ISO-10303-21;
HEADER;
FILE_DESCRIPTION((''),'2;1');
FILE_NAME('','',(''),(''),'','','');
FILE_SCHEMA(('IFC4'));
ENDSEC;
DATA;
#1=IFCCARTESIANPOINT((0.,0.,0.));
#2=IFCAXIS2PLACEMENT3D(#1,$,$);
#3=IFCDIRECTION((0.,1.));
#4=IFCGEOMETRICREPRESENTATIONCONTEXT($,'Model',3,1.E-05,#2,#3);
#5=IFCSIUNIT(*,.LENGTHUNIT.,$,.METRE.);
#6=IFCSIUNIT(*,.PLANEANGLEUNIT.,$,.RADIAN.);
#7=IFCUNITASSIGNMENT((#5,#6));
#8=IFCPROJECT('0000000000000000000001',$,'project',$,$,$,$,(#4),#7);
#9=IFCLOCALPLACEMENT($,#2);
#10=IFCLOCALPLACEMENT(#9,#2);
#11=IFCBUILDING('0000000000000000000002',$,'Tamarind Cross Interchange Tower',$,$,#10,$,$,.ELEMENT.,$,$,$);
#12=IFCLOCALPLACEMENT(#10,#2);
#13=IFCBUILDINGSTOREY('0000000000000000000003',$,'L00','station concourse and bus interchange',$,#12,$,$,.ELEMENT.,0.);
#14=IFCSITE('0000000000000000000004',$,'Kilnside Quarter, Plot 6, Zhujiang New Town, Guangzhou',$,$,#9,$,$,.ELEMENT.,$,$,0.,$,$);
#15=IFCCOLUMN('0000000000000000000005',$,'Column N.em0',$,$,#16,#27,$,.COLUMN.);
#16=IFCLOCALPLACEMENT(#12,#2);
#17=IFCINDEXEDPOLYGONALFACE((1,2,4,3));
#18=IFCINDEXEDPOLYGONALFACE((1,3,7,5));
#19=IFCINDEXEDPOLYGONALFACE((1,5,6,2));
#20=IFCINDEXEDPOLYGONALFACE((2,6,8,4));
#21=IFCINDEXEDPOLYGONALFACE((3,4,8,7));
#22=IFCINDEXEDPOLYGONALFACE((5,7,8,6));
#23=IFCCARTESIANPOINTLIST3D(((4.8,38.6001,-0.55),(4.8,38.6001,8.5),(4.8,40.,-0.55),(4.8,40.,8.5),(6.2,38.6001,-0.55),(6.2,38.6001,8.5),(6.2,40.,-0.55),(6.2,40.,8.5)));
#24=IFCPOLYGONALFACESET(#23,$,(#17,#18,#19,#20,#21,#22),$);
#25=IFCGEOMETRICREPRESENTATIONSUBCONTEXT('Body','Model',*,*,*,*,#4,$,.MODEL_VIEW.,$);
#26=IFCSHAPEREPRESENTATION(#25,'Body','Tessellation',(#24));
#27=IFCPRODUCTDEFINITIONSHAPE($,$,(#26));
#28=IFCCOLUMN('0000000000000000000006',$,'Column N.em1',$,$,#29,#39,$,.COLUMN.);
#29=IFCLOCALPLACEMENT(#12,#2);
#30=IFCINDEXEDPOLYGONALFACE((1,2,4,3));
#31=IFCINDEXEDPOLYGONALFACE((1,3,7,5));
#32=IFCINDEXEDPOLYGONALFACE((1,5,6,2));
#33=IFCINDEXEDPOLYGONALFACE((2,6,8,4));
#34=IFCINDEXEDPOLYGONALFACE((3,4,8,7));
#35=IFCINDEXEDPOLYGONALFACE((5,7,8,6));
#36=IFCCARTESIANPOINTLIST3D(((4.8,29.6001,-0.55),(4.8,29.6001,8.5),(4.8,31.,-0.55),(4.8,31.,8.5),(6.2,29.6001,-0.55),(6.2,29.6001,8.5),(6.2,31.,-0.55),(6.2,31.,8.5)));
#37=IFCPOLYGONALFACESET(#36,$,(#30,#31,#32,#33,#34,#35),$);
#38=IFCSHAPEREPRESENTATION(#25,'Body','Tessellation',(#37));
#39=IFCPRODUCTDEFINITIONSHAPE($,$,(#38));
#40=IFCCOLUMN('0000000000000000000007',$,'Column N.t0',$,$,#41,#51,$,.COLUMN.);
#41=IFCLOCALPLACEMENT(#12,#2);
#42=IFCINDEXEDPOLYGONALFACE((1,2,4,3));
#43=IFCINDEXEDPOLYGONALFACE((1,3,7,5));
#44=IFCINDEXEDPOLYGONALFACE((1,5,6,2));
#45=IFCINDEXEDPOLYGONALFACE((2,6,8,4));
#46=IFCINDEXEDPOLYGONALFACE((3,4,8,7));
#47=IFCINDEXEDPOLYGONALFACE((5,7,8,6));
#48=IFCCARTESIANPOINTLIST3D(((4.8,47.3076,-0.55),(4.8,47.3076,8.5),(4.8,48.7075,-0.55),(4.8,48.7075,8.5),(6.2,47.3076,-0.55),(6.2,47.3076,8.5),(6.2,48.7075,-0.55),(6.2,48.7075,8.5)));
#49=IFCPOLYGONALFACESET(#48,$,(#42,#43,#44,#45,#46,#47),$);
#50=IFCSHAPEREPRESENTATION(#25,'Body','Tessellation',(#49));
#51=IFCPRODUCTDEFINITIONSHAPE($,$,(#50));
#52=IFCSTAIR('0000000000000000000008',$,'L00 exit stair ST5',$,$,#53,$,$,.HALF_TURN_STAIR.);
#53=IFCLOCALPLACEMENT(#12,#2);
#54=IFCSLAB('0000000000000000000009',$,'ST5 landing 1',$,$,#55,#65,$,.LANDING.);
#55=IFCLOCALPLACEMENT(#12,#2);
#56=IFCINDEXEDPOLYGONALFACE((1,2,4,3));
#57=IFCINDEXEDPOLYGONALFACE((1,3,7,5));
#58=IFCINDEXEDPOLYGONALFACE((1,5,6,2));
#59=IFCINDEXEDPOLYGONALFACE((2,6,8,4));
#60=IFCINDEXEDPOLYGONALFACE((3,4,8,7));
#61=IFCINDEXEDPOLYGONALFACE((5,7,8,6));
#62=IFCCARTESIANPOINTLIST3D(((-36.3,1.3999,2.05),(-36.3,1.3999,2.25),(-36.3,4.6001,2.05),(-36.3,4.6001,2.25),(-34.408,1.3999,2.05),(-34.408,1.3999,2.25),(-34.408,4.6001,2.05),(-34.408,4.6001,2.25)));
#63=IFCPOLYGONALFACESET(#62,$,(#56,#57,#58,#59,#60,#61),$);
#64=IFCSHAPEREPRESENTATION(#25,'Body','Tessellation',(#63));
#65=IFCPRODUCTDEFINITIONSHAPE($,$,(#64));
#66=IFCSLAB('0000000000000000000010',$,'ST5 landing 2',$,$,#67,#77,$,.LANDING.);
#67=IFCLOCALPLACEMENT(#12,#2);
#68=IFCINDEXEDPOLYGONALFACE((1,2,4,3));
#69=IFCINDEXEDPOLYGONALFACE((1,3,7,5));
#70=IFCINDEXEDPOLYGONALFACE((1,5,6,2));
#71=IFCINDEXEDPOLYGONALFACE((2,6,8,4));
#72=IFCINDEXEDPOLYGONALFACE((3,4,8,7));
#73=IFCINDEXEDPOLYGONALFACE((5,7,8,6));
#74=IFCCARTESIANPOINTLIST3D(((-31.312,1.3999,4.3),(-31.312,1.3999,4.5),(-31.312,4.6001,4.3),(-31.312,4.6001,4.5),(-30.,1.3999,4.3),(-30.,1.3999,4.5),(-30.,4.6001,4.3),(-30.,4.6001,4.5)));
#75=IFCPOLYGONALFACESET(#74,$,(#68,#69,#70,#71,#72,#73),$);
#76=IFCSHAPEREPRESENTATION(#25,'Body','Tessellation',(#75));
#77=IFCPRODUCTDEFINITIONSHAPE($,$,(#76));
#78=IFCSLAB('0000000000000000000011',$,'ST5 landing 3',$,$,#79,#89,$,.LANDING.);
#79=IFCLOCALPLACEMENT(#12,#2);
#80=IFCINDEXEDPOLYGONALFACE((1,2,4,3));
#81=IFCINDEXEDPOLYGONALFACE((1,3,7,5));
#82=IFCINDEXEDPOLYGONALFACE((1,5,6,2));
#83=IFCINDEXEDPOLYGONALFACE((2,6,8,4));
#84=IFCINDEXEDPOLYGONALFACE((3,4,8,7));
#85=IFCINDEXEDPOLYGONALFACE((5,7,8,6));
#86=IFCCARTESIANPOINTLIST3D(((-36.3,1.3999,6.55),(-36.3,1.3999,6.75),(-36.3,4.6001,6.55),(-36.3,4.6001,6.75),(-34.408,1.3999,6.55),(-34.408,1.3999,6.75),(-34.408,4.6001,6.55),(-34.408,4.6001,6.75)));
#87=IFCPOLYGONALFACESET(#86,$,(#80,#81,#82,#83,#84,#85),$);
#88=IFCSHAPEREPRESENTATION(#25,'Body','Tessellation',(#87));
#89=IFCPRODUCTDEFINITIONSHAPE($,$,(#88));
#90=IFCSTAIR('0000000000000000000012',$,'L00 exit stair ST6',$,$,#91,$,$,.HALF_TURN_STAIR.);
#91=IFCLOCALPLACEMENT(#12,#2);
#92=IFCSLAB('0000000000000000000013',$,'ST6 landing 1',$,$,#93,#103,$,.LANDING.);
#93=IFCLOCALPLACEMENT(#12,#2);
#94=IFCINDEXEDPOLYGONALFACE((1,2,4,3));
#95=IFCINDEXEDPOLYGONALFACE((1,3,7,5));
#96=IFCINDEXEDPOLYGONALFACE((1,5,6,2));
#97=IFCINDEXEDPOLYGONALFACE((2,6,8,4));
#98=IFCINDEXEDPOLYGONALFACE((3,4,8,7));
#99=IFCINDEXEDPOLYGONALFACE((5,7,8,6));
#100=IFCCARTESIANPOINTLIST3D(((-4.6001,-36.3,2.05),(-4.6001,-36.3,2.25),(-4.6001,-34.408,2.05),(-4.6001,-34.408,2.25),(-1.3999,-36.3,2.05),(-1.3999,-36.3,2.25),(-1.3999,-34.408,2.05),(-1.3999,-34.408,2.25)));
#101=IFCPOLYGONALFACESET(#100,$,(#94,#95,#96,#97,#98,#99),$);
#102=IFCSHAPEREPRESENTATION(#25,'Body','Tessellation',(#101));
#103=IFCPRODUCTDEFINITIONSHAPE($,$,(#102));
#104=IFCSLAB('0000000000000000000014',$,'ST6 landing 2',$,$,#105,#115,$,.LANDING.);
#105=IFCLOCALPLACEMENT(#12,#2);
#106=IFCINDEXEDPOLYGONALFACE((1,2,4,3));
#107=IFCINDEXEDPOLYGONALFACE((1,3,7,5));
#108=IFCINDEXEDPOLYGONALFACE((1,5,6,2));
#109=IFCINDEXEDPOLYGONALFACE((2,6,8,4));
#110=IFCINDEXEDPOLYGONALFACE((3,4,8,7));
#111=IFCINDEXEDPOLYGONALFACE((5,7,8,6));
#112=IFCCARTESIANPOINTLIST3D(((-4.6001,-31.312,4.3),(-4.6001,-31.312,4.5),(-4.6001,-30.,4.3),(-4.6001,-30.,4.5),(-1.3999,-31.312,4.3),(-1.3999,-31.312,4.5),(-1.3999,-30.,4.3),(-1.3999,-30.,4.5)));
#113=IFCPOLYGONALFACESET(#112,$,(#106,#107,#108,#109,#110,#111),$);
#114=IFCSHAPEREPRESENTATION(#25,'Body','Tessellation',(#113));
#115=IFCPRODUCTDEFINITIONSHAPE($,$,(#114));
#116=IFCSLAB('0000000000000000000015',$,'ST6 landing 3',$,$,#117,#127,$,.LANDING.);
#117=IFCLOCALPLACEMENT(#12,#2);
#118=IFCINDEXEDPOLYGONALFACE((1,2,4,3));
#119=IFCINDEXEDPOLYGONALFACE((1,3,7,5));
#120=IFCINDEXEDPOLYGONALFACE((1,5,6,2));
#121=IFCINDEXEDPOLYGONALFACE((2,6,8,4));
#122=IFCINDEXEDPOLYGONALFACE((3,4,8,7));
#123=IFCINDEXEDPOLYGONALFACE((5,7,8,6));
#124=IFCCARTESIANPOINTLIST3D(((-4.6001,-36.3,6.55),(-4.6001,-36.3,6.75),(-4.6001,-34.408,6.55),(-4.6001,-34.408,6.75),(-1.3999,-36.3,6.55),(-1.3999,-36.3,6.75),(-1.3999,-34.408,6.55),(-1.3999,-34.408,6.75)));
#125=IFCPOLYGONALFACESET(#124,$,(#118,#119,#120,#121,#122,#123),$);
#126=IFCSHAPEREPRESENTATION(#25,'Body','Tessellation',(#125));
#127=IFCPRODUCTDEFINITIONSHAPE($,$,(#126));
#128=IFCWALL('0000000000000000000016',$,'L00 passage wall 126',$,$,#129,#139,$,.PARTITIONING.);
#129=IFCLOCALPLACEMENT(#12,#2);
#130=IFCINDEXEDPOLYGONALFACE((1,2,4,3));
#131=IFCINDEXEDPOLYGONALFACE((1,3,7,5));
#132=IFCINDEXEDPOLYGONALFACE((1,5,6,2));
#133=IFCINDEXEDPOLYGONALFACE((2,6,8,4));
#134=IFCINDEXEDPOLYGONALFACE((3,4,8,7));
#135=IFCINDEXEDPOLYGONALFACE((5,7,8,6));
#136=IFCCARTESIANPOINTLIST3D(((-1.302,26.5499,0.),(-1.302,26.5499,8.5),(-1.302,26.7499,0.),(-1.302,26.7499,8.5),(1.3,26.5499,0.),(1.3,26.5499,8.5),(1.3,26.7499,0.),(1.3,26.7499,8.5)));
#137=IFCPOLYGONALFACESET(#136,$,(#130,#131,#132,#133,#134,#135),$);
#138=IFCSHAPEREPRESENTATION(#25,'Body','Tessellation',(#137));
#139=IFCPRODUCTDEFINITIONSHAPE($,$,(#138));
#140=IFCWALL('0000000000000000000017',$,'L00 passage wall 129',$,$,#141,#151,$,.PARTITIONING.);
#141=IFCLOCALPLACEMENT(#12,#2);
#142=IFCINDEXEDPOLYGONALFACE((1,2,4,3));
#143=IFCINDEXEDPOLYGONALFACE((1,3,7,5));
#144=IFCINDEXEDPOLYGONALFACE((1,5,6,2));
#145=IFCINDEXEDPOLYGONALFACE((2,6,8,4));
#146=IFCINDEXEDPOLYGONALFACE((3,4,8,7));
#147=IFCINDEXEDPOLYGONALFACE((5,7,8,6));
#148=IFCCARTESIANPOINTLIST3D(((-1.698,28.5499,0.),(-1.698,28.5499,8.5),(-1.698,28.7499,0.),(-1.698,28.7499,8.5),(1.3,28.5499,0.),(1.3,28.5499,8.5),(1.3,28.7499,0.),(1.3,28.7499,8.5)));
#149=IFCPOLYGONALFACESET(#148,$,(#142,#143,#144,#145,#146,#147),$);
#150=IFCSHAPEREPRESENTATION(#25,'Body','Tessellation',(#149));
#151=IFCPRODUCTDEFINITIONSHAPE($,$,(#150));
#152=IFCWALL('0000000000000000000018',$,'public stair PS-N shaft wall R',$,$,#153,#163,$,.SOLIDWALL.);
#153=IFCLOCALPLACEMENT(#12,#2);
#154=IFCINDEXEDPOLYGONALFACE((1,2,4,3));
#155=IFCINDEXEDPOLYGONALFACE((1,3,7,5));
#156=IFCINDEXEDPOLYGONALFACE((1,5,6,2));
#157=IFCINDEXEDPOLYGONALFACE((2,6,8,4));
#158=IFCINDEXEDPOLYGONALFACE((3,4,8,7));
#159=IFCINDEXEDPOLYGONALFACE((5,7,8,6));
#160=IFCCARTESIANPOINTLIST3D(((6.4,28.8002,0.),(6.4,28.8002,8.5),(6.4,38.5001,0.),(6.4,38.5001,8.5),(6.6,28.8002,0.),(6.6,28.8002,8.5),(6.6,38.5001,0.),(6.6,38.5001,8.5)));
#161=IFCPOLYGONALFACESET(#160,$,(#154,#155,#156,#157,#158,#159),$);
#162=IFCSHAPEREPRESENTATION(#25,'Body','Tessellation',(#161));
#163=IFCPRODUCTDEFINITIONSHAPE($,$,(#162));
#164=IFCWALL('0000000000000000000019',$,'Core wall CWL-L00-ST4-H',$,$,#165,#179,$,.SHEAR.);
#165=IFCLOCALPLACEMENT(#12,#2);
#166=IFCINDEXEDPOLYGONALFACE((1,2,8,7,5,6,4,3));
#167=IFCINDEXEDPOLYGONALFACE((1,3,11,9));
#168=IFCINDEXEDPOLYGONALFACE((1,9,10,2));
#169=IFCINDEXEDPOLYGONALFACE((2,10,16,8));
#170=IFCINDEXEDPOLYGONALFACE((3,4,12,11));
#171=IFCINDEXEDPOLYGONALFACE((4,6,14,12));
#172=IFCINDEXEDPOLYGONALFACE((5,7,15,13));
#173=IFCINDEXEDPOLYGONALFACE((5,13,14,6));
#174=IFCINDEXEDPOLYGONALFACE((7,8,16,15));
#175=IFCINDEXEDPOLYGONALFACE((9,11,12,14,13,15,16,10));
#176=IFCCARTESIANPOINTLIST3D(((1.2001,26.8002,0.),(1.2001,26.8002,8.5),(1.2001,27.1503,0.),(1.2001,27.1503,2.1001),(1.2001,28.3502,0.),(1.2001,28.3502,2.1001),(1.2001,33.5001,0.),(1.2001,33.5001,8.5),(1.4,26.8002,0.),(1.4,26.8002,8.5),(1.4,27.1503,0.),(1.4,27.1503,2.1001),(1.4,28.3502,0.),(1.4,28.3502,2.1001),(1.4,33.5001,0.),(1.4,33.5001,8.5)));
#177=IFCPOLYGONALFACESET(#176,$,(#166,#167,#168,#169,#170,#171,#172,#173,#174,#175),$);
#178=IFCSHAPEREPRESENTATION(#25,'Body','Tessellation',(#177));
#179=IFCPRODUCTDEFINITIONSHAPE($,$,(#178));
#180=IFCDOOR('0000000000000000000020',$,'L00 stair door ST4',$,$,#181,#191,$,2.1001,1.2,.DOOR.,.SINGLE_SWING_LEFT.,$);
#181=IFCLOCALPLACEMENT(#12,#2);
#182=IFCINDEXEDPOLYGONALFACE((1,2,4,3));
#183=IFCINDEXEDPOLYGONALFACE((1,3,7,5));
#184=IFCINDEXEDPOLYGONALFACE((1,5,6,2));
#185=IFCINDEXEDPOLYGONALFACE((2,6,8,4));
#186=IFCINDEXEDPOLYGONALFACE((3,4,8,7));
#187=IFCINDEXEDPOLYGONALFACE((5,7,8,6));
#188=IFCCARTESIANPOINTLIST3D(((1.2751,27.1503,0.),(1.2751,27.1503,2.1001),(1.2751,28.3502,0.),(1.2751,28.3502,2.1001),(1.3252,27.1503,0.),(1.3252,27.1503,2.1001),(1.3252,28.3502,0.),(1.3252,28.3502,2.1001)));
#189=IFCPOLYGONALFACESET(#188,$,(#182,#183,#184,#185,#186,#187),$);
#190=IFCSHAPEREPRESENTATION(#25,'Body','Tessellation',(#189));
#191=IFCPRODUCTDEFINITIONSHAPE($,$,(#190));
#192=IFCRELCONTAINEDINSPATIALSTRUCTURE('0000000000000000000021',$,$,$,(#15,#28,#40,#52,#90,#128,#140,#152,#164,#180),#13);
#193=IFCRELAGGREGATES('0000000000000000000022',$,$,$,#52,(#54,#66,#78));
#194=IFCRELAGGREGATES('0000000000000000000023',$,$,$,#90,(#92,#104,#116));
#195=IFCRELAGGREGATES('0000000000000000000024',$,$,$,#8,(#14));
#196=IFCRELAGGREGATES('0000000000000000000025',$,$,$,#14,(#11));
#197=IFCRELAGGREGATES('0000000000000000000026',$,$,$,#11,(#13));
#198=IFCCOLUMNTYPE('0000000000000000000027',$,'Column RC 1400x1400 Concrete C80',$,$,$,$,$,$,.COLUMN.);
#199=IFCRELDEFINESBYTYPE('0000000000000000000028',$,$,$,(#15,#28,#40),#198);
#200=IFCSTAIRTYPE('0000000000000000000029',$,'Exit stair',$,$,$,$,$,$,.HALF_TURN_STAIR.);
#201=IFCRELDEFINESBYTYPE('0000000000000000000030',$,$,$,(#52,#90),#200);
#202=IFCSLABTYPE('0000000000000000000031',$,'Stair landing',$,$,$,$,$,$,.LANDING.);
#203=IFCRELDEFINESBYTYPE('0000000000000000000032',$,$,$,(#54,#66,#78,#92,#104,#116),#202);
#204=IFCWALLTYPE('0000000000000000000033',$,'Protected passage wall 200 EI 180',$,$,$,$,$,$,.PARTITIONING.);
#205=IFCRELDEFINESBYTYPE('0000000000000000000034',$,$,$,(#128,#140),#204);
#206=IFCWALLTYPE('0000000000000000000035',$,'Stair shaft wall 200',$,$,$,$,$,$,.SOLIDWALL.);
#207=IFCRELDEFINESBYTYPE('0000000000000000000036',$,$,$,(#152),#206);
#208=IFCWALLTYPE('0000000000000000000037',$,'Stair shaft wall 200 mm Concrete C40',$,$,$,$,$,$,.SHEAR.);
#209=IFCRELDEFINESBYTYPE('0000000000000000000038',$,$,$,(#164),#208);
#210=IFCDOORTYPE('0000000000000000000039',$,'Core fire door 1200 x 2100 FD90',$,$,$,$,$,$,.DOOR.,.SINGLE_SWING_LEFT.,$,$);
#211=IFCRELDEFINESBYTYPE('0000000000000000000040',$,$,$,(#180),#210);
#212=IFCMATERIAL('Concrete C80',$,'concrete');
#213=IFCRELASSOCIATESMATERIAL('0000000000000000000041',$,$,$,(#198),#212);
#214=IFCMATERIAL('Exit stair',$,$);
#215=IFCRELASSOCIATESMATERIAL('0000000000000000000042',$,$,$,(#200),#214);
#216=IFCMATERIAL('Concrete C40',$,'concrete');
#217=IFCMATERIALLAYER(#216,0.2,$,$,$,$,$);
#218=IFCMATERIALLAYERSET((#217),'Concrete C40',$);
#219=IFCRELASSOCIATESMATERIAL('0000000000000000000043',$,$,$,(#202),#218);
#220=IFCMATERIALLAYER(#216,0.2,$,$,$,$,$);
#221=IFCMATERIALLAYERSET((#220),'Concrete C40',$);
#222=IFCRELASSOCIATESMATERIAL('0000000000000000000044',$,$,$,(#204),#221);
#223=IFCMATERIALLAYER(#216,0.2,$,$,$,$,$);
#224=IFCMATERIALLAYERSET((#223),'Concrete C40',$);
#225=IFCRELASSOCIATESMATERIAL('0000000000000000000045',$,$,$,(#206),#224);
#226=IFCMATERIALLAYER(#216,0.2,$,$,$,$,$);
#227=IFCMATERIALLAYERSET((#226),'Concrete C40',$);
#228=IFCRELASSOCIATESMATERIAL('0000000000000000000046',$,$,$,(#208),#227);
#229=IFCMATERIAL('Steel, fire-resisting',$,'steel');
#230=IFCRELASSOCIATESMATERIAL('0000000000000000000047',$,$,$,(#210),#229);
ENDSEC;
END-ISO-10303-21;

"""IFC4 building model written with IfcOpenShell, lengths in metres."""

from ifc_helpers import new_model, si_unit, direction, frame, frame_2d, origin, origin_2d, place, context, subcontext, project, spatial, polyline, rectangle, outline, extrude, material, layer, layer_set, material_profile, profile_set, type_object, element, fill, aggregate, save


model = new_model("IFC4")

# Units and contexts
model_context = context("Model", 3, precision=1e-05, world=origin(), true_north=direction((0.0, 1.0)))
body_context = subcontext(model_context, "Body", "Model", "MODEL_VIEW")
ifc_project = project(units=[si_unit("LENGTHUNIT", "METRE"), si_unit("PLANEANGLEUNIT", "RADIAN")], contexts=[model_context])

# Site, building, storey
site_placement = place(None, origin())
site = spatial("IfcSite", under=ifc_project, at=site_placement, Name="Kilnside Quarter, Plot 6, Zhujiang New Town, Guangzhou", CompositionType="ELEMENT", RefElevation=0.0)
building_placement = place(site_placement, origin())
building = spatial("IfcBuilding", under=site, at=building_placement, Name="Tamarind Cross Interchange Tower", CompositionType="ELEMENT")
storey_placement = place(building_placement, origin())
storey = spatial("IfcBuildingStorey", under=building, at=storey_placement, Name="L00", Description="station concourse and bus interchange", CompositionType="ELEMENT", Elevation=0.0)

# Columns
ifc_material_1 = material(Name="Concrete C80", Category="concrete")
ifc_material_profile = material_profile(ifc_material_1, rectangle(XDim=1.3999, YDim=1.3999, at=origin_2d()), Name="RC 1400x1400")
ifc_profile_set = profile_set([ifc_material_profile], Name="Concrete C80")
column_type = type_object("IfcColumnType", Name="Column RC 1400x1400 Concrete C80", PredefinedType="COLUMN", material=ifc_profile_set)
for number, where, z_axis, x_axis, name in (
    (1, (5.5, 39.3, -0.55), (0.0, 0.0, 1.0), (1.0, 0.0, 0.0), "Column N.em0"),
    (2, (5.5, 30.3, -0.55), (0.0, 0.0, 1.0), (1.0, 0.0, 0.0), "Column N.em1"),
    (3, (5.5, 48.0076, -0.55), (0.0, 0.0, 1.0), (1.0, 0.0, 0.0), "Column N.t0"),
):
    element("IfcColumn", number, at=place(storey_placement, frame(where, z_axis=z_axis, x_axis=x_axis)), inside=storey, type_object=column_type, Name=name, PredefinedType="COLUMN", context=body_context, shape_type="SweptSolid", body=[
        extrude(rectangle(XDim=1.3999, YDim=1.3999, at=origin_2d()), origin(), (0.0, 0.0, 1.0), 9.05),
    ])

# Stairs, slabs
ifc_material_2 = material(Name="Exit stair")
stair_type = type_object("IfcStairType", Name="Exit stair", PredefinedType="HALF_TURN_STAIR", material=ifc_material_2)
stair_1_placement = place(storey_placement, origin())
stair_1 = element("IfcStair", 4, at=stair_1_placement, inside=storey, type_object=stair_type, Name="L00 exit stair ST5", PredefinedType="HALF_TURN_STAIR")
ifc_material_3 = material(Name="Concrete C40", Category="concrete")
ifc_layer_1 = layer(ifc_material_3, 0.2)
ifc_layer_set_1 = layer_set([ifc_layer_1], Name="Concrete C40")
slab_type = type_object("IfcSlabType", Name="Stair landing", PredefinedType="LANDING", material=ifc_layer_set_1)
slab_1_placement = place(storey_placement, frame((0.0, 0.0, 2.05)))
slab_1 = element("IfcSlab", 5, at=slab_1_placement, type_object=slab_type, Name="ST5 landing 1", PredefinedType="LANDING", context=body_context, shape_type="SweptSolid", body=[
    extrude(outline(polyline([(-34.408, 4.6001), (-36.3, 4.6001), (-36.3, 1.3999), (-34.408, 1.3999), (-34.408, 4.6001)])), origin(), (0.0, 0.0, 1.0), 0.2),
])
slab_2_placement = place(storey_placement, frame((0.0, 0.0, 4.3)))
slab_2 = element("IfcSlab", 6, at=slab_2_placement, type_object=slab_type, Name="ST5 landing 2", PredefinedType="LANDING", context=body_context, shape_type="SweptSolid", body=[
    extrude(outline(polyline([(-30.0, 4.6001), (-31.312, 4.6001), (-31.312, 1.3999), (-30.0, 1.3999), (-30.0, 4.6001)])), origin(), (0.0, 0.0, 1.0), 0.2),
])
slab_3_placement = place(storey_placement, frame((0.0, 0.0, 6.55)))
slab_3 = element("IfcSlab", 7, at=slab_3_placement, type_object=slab_type, Name="ST5 landing 3", PredefinedType="LANDING", context=body_context, shape_type="SweptSolid", body=[
    extrude(outline(polyline([(-34.408, 4.6001), (-36.3, 4.6001), (-36.3, 1.3999), (-34.408, 1.3999), (-34.408, 4.6001)])), origin(), (0.0, 0.0, 1.0), 0.2),
])
aggregate(stair_1, [slab_1, slab_2, slab_3])
stair_2_placement = place(storey_placement, origin())
stair_2 = element("IfcStair", 8, at=stair_2_placement, inside=storey, type_object=stair_type, Name="L00 exit stair ST6", PredefinedType="HALF_TURN_STAIR")
slab_4_placement = place(storey_placement, frame((0.0, 0.0, 2.05)))
slab_4 = element("IfcSlab", 9, at=slab_4_placement, type_object=slab_type, Name="ST6 landing 1", PredefinedType="LANDING", context=body_context, shape_type="SweptSolid", body=[
    extrude(outline(polyline([(-4.6001, -34.408), (-4.6001, -36.3), (-1.3999, -36.3), (-1.3999, -34.408), (-4.6001, -34.408)])), origin(), (0.0, 0.0, 1.0), 0.2),
])
slab_5_placement = place(storey_placement, frame((0.0, 0.0, 4.3)))
slab_5 = element("IfcSlab", 10, at=slab_5_placement, type_object=slab_type, Name="ST6 landing 2", PredefinedType="LANDING", context=body_context, shape_type="SweptSolid", body=[
    extrude(outline(polyline([(-4.6001, -30.0), (-4.6001, -31.312), (-1.3999, -31.312), (-1.3999, -30.0), (-4.6001, -30.0)])), origin(), (0.0, 0.0, 1.0), 0.2),
])
slab_6_placement = place(storey_placement, frame((0.0, 0.0, 6.55)))
slab_6 = element("IfcSlab", 11, at=slab_6_placement, type_object=slab_type, Name="ST6 landing 3", PredefinedType="LANDING", context=body_context, shape_type="SweptSolid", body=[
    extrude(outline(polyline([(-4.6001, -34.408), (-4.6001, -36.3), (-1.3999, -36.3), (-1.3999, -34.408), (-4.6001, -34.408)])), origin(), (0.0, 0.0, 1.0), 0.2),
])
aggregate(stair_2, [slab_4, slab_5, slab_6])

# Walls
ifc_layer_2 = layer(ifc_material_3, 0.2)
ifc_layer_set_2 = layer_set([ifc_layer_2], Name="Concrete C40")
wall_type_1 = type_object("IfcWallType", Name="Protected passage wall 200 EI 180", PredefinedType="PARTITIONING", material=ifc_layer_set_2)
wall_1_placement = place(storey_placement, frame((1.3, 26.6499, 0.0), z_axis=(0.0, 0.0, 1.0), x_axis=(-1.0, 0.0, 0.0)))
element("IfcWall", 12, at=wall_1_placement, inside=storey, type_object=wall_type_1, Name="L00 passage wall 126", PredefinedType="PARTITIONING", context=body_context, shape_type="SweptSolid", body=[
    extrude(rectangle(XDim=2.6021, YDim=0.2, at=frame_2d((1.301, 0.0))), origin(), (0.0, 0.0, 1.0), 8.5),
])
wall_2_placement = place(storey_placement, frame((1.3, 28.6499, 0.0), z_axis=(0.0, 0.0, 1.0), x_axis=(-1.0, 0.0, 0.0)))
element("IfcWall", 13, at=wall_2_placement, inside=storey, type_object=wall_type_1, Name="L00 passage wall 129", PredefinedType="PARTITIONING", context=body_context, shape_type="SweptSolid", body=[
    extrude(rectangle(XDim=2.998, YDim=0.2, at=frame_2d((1.499, 0.0))), origin(), (0.0, 0.0, 1.0), 8.5),
])
ifc_layer_3 = layer(ifc_material_3, 0.2)
ifc_layer_set_3 = layer_set([ifc_layer_3], Name="Concrete C40")
wall_type_2 = type_object("IfcWallType", Name="Stair shaft wall 200", PredefinedType="SOLIDWALL", material=ifc_layer_set_3)
wall_3_placement = place(storey_placement, frame((6.5, 28.8, 0.0), z_axis=(0.0, 0.0, 1.0), x_axis=(0.0, 1.0, 0.0)))
element("IfcWall", 14, at=wall_3_placement, inside=storey, type_object=wall_type_2, Name="public stair PS-N shaft wall R", PredefinedType="SOLIDWALL", context=body_context, shape_type="SweptSolid", body=[
    extrude(rectangle(XDim=9.7, YDim=0.2, at=frame_2d((4.8501, 0.0))), origin(), (0.0, 0.0, 1.0), 8.5),
])

# Wall, opening, door
ifc_layer_4 = layer(ifc_material_3, 0.2)
ifc_layer_set_4 = layer_set([ifc_layer_4], Name="Concrete C40")
wall_type_3 = type_object("IfcWallType", Name="Stair shaft wall 200 mm Concrete C40", PredefinedType="SHEAR", material=ifc_layer_set_4)
wall_4_placement = place(storey_placement, frame((1.3, 26.8, 0.0), z_axis=(0.0, 0.0, 1.0), x_axis=(0.0, 1.0, 0.0)))
wall_4 = element("IfcWall", 15, at=wall_4_placement, inside=storey, type_object=wall_type_3, Name="Core wall CWL-L00-ST4-H", PredefinedType="SHEAR", context=body_context, shape_type="SweptSolid", body=[
    extrude(rectangle(XDim=6.7, YDim=0.2, at=frame_2d((3.3501, 0.0))), origin(), (0.0, 0.0, 1.0), 8.5),
])
opening_placement = place(wall_4_placement, frame((0.3501, 0.0, 0.0)))
opening = element("IfcOpeningElement", 16, at=opening_placement, cuts=wall_4, PredefinedType="OPENING", context=body_context, shape_type="SweptSolid", body=[
    extrude(rectangle(XDim=1.2, YDim=2.1001, at=frame_2d((0.6001, 1.05))), frame((0.0, 0.1099, 0.0), z_axis=(0.0, -1.0, 0.0), x_axis=(1.0, 0.0, 0.0)), (0.0, 0.0, 1.0), 0.22),
])
ifc_material_4 = material(Name="Steel, fire-resisting", Category="steel")
door_type = type_object("IfcDoorType", Name="Core fire door 1200 x 2100 FD90", OperationType="SINGLE_SWING_LEFT", PredefinedType="DOOR", material=ifc_material_4)
door_placement = place(opening_placement, origin())
door = element("IfcDoor", 17, at=door_placement, inside=storey, type_object=door_type, Name="L00 stair door ST4", OperationType="SINGLE_SWING_LEFT", OverallHeight=2.1001, OverallWidth=1.2, PredefinedType="DOOR", context=body_context, shape_type="SweptSolid", body=[
    extrude(rectangle(XDim=1.2, YDim=2.1001, at=frame_2d((0.6001, 1.05))), frame((0.0, 0.0249, 0.0), z_axis=(0.0, -1.0, 0.0), x_axis=(1.0, 0.0, 0.0)), (0.0, 0.0, 1.0), 0.05),
])
fill(opening, door)

save(model, "model.ifc")
